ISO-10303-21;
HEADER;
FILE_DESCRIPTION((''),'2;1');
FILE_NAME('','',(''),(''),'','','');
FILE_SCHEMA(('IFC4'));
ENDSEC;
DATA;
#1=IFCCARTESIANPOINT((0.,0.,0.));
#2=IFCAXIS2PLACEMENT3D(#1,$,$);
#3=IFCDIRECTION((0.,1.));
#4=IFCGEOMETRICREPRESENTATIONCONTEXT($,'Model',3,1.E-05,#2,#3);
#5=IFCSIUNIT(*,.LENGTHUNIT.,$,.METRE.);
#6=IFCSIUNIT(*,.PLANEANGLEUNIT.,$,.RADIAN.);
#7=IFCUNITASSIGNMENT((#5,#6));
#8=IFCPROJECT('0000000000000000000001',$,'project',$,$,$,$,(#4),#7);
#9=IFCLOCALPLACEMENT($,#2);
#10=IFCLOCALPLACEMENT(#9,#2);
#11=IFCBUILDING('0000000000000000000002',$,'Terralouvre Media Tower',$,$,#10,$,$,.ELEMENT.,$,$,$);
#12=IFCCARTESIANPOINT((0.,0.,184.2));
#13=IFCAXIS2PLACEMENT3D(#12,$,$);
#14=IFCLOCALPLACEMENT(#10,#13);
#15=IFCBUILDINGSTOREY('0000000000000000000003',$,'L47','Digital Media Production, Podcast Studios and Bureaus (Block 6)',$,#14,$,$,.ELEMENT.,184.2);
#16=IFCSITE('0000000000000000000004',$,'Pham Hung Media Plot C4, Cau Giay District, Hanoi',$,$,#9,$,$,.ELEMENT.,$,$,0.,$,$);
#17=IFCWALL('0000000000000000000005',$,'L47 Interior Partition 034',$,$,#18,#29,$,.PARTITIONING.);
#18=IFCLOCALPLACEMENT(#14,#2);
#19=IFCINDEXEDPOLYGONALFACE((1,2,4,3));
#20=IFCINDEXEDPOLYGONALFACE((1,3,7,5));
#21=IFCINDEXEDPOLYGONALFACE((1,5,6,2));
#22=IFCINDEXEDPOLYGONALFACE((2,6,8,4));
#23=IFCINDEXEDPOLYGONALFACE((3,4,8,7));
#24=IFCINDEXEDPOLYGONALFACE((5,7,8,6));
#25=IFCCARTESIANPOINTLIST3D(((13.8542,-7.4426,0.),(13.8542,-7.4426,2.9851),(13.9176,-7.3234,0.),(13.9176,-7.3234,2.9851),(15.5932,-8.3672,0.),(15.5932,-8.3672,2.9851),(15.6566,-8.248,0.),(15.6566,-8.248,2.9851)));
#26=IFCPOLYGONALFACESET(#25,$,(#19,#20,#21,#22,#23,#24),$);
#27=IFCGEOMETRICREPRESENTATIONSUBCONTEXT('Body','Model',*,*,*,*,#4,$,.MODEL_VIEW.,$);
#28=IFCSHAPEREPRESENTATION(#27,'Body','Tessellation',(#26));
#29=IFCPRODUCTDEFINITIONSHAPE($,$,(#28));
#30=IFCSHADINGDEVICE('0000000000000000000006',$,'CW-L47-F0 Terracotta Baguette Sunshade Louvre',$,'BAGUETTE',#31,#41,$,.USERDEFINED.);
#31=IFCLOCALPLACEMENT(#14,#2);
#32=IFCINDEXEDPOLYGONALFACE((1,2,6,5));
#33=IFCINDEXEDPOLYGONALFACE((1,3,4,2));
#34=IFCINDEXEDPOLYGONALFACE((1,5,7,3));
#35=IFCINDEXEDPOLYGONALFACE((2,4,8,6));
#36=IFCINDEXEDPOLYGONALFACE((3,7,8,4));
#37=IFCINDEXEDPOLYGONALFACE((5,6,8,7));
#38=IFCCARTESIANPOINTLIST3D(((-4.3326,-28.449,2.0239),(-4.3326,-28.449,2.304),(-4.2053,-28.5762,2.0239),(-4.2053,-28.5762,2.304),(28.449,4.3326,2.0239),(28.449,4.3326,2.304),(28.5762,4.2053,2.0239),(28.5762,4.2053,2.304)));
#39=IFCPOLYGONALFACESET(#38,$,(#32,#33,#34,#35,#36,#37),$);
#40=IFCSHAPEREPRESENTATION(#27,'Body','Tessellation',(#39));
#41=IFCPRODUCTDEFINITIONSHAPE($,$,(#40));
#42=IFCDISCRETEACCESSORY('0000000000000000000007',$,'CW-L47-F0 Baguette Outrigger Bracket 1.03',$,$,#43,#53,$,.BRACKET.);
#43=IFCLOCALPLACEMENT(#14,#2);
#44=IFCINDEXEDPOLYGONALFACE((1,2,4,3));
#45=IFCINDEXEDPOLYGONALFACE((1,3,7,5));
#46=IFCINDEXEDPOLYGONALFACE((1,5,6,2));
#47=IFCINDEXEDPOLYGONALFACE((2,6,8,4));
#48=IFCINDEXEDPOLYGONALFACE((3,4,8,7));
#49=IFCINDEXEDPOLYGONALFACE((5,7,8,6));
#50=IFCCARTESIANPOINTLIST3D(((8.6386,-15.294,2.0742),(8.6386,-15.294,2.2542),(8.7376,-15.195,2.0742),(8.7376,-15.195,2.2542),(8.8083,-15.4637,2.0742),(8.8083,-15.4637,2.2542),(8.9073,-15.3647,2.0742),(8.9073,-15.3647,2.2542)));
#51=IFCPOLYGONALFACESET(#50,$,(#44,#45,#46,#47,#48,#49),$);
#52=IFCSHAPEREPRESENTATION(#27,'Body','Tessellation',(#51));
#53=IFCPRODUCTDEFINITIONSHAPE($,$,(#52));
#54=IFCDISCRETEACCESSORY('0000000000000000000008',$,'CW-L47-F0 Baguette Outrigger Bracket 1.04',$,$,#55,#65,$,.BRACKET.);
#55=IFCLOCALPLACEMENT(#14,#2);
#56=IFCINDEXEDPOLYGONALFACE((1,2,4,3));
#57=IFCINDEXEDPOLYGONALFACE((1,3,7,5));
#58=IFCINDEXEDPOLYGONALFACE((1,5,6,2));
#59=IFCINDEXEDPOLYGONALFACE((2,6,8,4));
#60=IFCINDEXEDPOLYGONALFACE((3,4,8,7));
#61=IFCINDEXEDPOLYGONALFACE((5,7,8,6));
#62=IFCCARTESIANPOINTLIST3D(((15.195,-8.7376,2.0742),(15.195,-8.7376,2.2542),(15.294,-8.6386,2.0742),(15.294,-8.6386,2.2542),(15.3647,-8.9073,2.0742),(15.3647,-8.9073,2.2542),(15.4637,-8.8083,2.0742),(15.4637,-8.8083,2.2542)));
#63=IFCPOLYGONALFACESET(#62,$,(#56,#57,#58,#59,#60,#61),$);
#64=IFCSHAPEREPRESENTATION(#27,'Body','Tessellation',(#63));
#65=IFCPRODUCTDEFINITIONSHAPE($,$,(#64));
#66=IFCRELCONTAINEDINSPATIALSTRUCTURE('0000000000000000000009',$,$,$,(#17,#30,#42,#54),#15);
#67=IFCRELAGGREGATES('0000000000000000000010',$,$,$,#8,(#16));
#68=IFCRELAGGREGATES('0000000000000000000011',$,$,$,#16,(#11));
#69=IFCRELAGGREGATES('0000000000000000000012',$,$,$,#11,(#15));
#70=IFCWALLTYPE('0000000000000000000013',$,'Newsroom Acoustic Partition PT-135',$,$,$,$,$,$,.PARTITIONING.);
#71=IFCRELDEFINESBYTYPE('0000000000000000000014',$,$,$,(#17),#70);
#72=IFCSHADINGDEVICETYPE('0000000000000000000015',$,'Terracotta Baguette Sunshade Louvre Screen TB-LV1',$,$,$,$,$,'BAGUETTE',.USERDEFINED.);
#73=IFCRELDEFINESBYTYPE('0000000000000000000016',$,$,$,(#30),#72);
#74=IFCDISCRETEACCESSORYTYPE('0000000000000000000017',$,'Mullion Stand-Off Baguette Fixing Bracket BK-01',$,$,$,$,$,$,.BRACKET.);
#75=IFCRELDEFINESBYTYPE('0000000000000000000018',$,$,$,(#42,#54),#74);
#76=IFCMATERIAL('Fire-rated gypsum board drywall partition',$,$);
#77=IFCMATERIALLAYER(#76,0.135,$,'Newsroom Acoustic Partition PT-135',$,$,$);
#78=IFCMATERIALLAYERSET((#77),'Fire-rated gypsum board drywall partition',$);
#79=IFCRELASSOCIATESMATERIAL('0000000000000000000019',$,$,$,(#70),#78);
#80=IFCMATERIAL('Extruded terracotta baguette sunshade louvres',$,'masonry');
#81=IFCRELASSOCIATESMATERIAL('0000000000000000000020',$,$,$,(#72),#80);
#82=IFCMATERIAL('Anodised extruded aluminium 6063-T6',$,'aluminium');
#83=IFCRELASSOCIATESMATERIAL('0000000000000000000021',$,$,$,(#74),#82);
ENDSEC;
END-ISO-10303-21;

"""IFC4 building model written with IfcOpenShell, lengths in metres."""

from ifc_helpers import new_model, si_unit, direction, frame, frame_2d, origin, origin_2d, place, context, subcontext, project, spatial, rectangle, extrude, material, layer, layer_set, type_object, element, save


model = new_model("IFC4")

# Units and contexts
model_context = context("Model", 3, precision=1e-05, world=origin(), true_north=direction((0.0, 1.0)))
body_context = subcontext(model_context, "Body", "Model", "MODEL_VIEW")
ifc_project = project(units=[si_unit("LENGTHUNIT", "METRE"), si_unit("PLANEANGLEUNIT", "RADIAN")], contexts=[model_context])

# Site, building, storey
site_placement = place(None, origin())
site = spatial("IfcSite", under=ifc_project, at=site_placement, Name="Pham Hung Media Plot C4, Cau Giay District, Hanoi", CompositionType="ELEMENT", RefElevation=0.0)
building_placement = place(site_placement, origin())
building = spatial("IfcBuilding", under=site, at=building_placement, Name="Terralouvre Media Tower", CompositionType="ELEMENT")
storey_placement = place(building_placement, frame((0.0, 0.0, 184.2)))
storey = spatial("IfcBuildingStorey", under=building, at=storey_placement, Name="L47", Description="Digital Media Production, Podcast Studios and Bureaus (Block 6)", CompositionType="ELEMENT", Elevation=184.2)

# Shared definitions
ifc_material_1 = material(Name="Fire-rated gypsum board drywall partition")
ifc_layer_1 = layer(ifc_material_1, 0.135, Name="Newsroom Acoustic Partition PT-135")
ifc_layer_set_1 = layer_set([ifc_layer_1], Name="Fire-rated gypsum board drywall partition")
wall_type_1 = type_object("IfcWallType", Name="Newsroom Acoustic Partition PT-135", PredefinedType="PARTITIONING", material=ifc_layer_set_1)

# Wall
wall_1_placement = place(storey_placement, frame((15.625, -8.3076, 0.0), z_axis=(0.0, 0.0, 1.0), x_axis=(-0.882966, 0.469436, 0.0)))
element("IfcWall", 1, at=wall_1_placement, inside=storey, type_object=wall_type_1, Name="L47 Interior Partition 034", PredefinedType="PARTITIONING", context=body_context, shape_type="SweptSolid", body=[
    extrude(rectangle(XDim=1.9695, YDim=0.135, at=frame_2d((0.9849, 0.0))), origin(), (0.0, 0.0, 1.0), 2.9851),
])

# Shading device
ifc_material_2 = material(Name="Extruded terracotta baguette sunshade louvres", Category="masonry")
shading_device_type = type_object("IfcShadingDeviceType", Name="Terracotta Baguette Sunshade Louvre Screen TB-LV1", ElementType="BAGUETTE", PredefinedType="USERDEFINED", material=ifc_material_2)
shading_device_placement = place(storey_placement, frame((12.1218, -12.1218, 2.0239), z_axis=(0.0, 0.0, 1.0), x_axis=(0.707107, 0.707107, 0.0)))
element("IfcShadingDevice", 2, at=shading_device_placement, inside=storey, type_object=shading_device_type, Name="CW-L47-F0 Terracotta Baguette Sunshade Louvre", ObjectType="BAGUETTE", PredefinedType="USERDEFINED", context=body_context, shape_type="SweptSolid", body=[
    extrude(rectangle(XDim=46.3601, YDim=0.1799, at=origin_2d()), origin(), (0.0, 0.0, 1.0), 0.28),
])

# Discrete accessories
ifc_material_3 = material(Name="Anodised extruded aluminium 6063-T6", Category="aluminium")
discrete_accessory_type = type_object("IfcDiscreteAccessoryType", Name="Mullion Stand-Off Baguette Fixing Bracket BK-01", PredefinedType="BRACKET", material=ifc_material_3)
for number, where, z_axis, x_axis, name in (
    (3, (8.7729, -15.3293, 2.0742), (0.0, 0.0, 1.0), (0.707107, 0.707107, 0.0), "CW-L47-F0 Baguette Outrigger Bracket 1.03"),
    (4, (15.3293, -8.7729, 2.0742), (0.0, 0.0, 1.0), (0.707107, 0.707107, 0.0), "CW-L47-F0 Baguette Outrigger Bracket 1.04"),
):
    element("IfcDiscreteAccessory", number, at=place(storey_placement, frame(where, z_axis=z_axis, x_axis=x_axis)), inside=storey, type_object=discrete_accessory_type, Name=name, PredefinedType="BRACKET", context=body_context, shape_type="SweptSolid", body=[
        extrude(rectangle(XDim=0.1399, YDim=0.24, at=origin_2d()), origin(), (0.0, 0.0, 1.0), 0.1799),
    ])

save(model, "model.ifc")
